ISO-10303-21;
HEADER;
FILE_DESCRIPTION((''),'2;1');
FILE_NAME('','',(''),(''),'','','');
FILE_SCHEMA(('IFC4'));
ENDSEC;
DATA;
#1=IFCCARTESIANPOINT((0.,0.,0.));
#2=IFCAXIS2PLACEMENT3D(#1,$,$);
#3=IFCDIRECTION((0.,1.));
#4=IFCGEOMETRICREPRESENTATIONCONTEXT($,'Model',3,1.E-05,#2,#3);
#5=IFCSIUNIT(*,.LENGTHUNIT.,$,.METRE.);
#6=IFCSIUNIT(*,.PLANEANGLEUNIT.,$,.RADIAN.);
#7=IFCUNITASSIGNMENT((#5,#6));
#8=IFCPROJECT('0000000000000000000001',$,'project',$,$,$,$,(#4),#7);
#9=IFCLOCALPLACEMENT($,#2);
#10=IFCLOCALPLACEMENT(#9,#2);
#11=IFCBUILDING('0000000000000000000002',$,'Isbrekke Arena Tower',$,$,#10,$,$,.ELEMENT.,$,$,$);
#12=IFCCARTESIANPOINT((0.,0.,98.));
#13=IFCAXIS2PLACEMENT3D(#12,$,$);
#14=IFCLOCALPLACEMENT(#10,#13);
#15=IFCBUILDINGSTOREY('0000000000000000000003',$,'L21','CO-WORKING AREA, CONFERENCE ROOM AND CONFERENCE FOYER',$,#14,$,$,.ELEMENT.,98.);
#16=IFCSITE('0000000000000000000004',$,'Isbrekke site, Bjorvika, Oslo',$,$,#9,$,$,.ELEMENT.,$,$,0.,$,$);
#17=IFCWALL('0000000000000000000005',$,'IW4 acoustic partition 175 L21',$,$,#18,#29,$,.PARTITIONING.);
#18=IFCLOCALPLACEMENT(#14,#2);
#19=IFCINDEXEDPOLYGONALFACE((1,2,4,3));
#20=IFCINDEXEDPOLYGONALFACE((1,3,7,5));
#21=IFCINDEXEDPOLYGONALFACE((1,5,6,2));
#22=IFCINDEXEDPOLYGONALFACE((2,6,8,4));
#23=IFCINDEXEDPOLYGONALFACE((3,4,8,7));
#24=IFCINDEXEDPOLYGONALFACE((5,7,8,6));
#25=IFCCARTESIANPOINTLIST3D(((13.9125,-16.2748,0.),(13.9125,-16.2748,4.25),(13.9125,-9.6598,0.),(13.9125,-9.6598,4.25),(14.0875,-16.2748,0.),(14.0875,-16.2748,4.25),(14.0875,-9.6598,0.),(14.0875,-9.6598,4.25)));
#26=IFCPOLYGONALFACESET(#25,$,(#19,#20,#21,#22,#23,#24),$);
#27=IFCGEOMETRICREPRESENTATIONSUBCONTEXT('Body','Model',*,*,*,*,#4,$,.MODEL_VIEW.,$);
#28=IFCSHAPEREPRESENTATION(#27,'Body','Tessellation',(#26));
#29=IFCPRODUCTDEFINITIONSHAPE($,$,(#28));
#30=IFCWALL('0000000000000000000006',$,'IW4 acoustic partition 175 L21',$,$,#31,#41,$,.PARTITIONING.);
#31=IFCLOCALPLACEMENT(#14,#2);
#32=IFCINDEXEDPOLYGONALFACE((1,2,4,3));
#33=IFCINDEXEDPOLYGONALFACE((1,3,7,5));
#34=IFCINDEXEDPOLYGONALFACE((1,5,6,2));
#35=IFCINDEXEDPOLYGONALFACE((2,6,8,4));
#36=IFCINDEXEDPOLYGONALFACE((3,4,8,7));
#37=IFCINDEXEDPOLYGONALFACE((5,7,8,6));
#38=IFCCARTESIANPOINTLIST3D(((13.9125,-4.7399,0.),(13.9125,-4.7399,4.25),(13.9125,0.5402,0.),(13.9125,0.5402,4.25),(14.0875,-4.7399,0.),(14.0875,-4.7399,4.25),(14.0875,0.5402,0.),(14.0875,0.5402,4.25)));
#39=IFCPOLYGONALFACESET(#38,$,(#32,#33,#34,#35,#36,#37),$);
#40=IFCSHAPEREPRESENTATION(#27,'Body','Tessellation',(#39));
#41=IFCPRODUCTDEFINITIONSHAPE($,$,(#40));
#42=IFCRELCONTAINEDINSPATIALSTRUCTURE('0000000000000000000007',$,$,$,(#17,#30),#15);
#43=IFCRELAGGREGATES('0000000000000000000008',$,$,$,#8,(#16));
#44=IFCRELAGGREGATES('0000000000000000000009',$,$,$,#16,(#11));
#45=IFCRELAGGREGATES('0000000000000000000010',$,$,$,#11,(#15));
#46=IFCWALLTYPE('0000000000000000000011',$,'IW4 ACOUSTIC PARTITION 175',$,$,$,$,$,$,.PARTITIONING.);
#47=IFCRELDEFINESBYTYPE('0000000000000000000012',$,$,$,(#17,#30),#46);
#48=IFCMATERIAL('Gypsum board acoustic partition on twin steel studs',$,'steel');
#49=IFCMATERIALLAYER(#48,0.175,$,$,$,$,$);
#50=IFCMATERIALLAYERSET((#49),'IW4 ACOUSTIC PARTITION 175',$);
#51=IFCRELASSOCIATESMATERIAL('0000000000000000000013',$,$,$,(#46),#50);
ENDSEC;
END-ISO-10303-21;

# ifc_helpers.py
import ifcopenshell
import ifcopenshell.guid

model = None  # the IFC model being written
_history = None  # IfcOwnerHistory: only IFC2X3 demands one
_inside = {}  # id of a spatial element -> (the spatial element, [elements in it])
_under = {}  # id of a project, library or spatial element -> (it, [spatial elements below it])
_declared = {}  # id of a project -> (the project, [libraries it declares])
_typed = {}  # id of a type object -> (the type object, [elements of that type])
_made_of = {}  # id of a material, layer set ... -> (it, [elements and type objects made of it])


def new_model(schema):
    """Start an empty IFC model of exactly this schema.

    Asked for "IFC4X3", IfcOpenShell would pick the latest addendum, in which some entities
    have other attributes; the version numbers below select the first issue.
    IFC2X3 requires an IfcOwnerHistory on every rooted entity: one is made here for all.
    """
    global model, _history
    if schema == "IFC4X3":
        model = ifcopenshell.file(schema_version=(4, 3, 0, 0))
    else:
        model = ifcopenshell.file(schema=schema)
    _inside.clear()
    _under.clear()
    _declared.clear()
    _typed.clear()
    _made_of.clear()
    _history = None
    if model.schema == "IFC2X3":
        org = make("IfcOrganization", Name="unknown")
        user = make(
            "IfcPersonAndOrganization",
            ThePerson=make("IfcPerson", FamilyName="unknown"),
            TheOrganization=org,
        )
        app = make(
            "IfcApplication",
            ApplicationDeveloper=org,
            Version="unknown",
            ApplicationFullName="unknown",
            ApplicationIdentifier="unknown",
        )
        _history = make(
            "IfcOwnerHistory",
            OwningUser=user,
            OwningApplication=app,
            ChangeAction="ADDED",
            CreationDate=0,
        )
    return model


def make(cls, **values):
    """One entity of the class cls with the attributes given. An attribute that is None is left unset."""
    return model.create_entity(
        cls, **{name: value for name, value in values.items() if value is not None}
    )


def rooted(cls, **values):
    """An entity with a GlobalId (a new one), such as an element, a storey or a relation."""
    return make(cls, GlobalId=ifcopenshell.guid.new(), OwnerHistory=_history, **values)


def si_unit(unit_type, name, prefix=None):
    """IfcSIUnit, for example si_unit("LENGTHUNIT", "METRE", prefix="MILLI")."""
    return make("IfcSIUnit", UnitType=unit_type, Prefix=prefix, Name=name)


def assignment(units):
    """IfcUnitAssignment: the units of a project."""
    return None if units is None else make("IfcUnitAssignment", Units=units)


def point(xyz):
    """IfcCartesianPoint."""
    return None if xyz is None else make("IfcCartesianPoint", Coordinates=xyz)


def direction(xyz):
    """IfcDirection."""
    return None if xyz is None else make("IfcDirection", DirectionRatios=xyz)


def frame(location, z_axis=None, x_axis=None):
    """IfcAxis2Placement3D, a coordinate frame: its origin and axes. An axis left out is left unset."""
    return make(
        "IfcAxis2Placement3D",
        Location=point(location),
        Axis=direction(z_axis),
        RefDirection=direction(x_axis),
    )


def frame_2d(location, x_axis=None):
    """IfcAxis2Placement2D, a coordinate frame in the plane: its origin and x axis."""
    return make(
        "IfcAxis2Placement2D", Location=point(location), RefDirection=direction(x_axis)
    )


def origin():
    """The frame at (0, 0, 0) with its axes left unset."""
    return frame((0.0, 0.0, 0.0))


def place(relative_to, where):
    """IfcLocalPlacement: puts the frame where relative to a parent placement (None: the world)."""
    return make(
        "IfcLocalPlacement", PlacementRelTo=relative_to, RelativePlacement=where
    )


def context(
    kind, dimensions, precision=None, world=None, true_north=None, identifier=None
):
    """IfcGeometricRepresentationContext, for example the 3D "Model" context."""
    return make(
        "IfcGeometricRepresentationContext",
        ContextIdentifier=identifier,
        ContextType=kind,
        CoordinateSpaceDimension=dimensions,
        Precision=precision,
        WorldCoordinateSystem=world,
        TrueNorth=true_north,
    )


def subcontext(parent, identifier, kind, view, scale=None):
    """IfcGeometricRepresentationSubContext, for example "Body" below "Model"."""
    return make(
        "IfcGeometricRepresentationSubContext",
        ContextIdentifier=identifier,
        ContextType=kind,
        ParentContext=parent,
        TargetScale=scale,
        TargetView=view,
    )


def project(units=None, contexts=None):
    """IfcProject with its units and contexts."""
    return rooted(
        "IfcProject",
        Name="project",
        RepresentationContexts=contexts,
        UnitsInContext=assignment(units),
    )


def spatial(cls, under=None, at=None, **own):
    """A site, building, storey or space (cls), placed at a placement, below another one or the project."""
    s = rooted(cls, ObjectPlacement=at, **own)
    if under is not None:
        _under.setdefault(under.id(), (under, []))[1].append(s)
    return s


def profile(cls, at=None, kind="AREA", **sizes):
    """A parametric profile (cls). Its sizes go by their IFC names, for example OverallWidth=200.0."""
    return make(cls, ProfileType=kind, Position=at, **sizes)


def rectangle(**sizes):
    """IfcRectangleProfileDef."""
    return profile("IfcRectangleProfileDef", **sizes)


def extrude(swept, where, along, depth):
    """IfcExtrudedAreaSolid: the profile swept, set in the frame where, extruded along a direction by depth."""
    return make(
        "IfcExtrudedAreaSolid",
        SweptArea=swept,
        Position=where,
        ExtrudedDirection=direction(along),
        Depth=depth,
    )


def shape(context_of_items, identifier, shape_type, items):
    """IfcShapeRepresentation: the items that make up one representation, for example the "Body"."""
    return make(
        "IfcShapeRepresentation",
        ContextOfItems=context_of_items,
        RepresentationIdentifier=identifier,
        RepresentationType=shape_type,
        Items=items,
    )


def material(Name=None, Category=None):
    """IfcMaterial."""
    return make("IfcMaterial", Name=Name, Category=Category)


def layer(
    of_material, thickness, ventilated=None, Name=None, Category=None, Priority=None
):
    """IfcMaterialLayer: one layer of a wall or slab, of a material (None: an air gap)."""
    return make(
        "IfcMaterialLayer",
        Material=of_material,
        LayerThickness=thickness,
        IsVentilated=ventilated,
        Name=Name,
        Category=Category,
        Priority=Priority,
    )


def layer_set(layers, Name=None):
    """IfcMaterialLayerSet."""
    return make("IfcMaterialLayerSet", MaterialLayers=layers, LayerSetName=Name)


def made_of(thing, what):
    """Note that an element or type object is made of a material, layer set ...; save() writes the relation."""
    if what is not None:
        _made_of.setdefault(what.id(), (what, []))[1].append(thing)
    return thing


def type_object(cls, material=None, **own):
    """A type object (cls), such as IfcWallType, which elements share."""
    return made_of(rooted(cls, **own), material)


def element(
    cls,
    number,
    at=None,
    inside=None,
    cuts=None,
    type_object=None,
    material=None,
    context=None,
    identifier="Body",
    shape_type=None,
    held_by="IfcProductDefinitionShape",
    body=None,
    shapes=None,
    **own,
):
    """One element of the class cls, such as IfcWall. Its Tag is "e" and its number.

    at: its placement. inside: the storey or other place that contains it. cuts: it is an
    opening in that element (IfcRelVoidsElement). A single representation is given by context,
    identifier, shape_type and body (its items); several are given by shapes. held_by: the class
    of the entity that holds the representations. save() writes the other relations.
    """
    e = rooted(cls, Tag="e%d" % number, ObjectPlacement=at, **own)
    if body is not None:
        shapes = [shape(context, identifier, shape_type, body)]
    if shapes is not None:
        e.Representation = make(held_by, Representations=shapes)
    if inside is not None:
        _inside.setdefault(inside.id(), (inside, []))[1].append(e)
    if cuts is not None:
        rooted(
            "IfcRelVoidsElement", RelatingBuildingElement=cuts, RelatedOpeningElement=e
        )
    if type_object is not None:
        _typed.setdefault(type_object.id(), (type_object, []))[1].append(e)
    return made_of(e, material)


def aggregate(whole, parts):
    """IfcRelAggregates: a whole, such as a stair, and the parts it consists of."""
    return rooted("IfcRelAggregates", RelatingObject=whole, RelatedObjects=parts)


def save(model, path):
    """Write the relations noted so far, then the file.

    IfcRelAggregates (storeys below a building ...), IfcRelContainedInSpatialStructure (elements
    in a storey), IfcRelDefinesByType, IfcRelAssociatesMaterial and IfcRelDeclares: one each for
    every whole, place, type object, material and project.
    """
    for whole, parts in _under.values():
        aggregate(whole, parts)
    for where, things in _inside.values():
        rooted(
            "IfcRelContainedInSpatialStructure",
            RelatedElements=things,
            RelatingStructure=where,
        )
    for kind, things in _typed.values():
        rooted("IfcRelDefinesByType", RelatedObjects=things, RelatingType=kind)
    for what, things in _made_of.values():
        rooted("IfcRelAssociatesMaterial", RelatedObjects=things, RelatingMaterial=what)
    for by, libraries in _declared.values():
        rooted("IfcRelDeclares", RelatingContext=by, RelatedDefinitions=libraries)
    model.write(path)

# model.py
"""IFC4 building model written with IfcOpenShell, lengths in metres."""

from ifc_helpers import new_model, si_unit, direction, frame, frame_2d, origin, place, context, subcontext, project, spatial, rectangle, extrude, material, layer, layer_set, type_object, element, save


model = new_model("IFC4")

# Units and contexts
model_context = context("Model", 3, precision=1e-05, world=origin(), true_north=direction((0.0, 1.0)))
body_context = subcontext(model_context, "Body", "Model", "MODEL_VIEW")
ifc_project = project(units=[si_unit("LENGTHUNIT", "METRE"), si_unit("PLANEANGLEUNIT", "RADIAN")], contexts=[model_context])

# Site, building, storey
site_placement = place(None, origin())
site = spatial("IfcSite", under=ifc_project, at=site_placement, Name="Isbrekke site, Bjorvika, Oslo", CompositionType="ELEMENT", RefElevation=0.0)
building_placement = place(site_placement, origin())
building = spatial("IfcBuilding", under=site, at=building_placement, Name="Isbrekke Arena Tower", CompositionType="ELEMENT")
storey_placement = place(building_placement, frame((0.0, 0.0, 98.0)))
storey = spatial("IfcBuildingStorey", under=building, at=storey_placement, Name="L21", Description="CO-WORKING AREA, CONFERENCE ROOM AND CONFERENCE FOYER", CompositionType="ELEMENT", Elevation=98.0)

# Walls
ifc_material_1 = material(Name="Gypsum board acoustic partition on twin steel studs", Category="steel")
ifc_layer_1 = layer(ifc_material_1, 0.175)
ifc_layer_set_1 = layer_set([ifc_layer_1], Name="IW4 ACOUSTIC PARTITION 175")
wall_type_1 = type_object("IfcWallType", Name="IW4 ACOUSTIC PARTITION 175", PredefinedType="PARTITIONING", material=ifc_layer_set_1)
wall_1_placement = place(storey_placement, frame((14.0, -16.2749, 0.0), z_axis=(0.0, 0.0, 1.0), x_axis=(0.0, 1.0, 0.0)))
element("IfcWall", 1, at=wall_1_placement, inside=storey, type_object=wall_type_1, Name="IW4 acoustic partition 175 L21", PredefinedType="PARTITIONING", context=body_context, shape_type="SweptSolid", body=[
    extrude(rectangle(XDim=6.615, YDim=0.175, at=frame_2d((3.3076, 0.0))), origin(), (0.0, 0.0, 1.0), 4.25),
])
wall_2_placement = place(storey_placement, frame((14.0, -4.74, 0.0), z_axis=(0.0, 0.0, 1.0), x_axis=(0.0, 1.0, 0.0)))
element("IfcWall", 2, at=wall_2_placement, inside=storey, type_object=wall_type_1, Name="IW4 acoustic partition 175 L21", PredefinedType="PARTITIONING", context=body_context, shape_type="SweptSolid", body=[
    extrude(rectangle(XDim=5.28, YDim=0.175, at=frame_2d((2.6401, 0.0))), origin(), (0.0, 0.0, 1.0), 4.25),
])

save(model, "model.ifc")
